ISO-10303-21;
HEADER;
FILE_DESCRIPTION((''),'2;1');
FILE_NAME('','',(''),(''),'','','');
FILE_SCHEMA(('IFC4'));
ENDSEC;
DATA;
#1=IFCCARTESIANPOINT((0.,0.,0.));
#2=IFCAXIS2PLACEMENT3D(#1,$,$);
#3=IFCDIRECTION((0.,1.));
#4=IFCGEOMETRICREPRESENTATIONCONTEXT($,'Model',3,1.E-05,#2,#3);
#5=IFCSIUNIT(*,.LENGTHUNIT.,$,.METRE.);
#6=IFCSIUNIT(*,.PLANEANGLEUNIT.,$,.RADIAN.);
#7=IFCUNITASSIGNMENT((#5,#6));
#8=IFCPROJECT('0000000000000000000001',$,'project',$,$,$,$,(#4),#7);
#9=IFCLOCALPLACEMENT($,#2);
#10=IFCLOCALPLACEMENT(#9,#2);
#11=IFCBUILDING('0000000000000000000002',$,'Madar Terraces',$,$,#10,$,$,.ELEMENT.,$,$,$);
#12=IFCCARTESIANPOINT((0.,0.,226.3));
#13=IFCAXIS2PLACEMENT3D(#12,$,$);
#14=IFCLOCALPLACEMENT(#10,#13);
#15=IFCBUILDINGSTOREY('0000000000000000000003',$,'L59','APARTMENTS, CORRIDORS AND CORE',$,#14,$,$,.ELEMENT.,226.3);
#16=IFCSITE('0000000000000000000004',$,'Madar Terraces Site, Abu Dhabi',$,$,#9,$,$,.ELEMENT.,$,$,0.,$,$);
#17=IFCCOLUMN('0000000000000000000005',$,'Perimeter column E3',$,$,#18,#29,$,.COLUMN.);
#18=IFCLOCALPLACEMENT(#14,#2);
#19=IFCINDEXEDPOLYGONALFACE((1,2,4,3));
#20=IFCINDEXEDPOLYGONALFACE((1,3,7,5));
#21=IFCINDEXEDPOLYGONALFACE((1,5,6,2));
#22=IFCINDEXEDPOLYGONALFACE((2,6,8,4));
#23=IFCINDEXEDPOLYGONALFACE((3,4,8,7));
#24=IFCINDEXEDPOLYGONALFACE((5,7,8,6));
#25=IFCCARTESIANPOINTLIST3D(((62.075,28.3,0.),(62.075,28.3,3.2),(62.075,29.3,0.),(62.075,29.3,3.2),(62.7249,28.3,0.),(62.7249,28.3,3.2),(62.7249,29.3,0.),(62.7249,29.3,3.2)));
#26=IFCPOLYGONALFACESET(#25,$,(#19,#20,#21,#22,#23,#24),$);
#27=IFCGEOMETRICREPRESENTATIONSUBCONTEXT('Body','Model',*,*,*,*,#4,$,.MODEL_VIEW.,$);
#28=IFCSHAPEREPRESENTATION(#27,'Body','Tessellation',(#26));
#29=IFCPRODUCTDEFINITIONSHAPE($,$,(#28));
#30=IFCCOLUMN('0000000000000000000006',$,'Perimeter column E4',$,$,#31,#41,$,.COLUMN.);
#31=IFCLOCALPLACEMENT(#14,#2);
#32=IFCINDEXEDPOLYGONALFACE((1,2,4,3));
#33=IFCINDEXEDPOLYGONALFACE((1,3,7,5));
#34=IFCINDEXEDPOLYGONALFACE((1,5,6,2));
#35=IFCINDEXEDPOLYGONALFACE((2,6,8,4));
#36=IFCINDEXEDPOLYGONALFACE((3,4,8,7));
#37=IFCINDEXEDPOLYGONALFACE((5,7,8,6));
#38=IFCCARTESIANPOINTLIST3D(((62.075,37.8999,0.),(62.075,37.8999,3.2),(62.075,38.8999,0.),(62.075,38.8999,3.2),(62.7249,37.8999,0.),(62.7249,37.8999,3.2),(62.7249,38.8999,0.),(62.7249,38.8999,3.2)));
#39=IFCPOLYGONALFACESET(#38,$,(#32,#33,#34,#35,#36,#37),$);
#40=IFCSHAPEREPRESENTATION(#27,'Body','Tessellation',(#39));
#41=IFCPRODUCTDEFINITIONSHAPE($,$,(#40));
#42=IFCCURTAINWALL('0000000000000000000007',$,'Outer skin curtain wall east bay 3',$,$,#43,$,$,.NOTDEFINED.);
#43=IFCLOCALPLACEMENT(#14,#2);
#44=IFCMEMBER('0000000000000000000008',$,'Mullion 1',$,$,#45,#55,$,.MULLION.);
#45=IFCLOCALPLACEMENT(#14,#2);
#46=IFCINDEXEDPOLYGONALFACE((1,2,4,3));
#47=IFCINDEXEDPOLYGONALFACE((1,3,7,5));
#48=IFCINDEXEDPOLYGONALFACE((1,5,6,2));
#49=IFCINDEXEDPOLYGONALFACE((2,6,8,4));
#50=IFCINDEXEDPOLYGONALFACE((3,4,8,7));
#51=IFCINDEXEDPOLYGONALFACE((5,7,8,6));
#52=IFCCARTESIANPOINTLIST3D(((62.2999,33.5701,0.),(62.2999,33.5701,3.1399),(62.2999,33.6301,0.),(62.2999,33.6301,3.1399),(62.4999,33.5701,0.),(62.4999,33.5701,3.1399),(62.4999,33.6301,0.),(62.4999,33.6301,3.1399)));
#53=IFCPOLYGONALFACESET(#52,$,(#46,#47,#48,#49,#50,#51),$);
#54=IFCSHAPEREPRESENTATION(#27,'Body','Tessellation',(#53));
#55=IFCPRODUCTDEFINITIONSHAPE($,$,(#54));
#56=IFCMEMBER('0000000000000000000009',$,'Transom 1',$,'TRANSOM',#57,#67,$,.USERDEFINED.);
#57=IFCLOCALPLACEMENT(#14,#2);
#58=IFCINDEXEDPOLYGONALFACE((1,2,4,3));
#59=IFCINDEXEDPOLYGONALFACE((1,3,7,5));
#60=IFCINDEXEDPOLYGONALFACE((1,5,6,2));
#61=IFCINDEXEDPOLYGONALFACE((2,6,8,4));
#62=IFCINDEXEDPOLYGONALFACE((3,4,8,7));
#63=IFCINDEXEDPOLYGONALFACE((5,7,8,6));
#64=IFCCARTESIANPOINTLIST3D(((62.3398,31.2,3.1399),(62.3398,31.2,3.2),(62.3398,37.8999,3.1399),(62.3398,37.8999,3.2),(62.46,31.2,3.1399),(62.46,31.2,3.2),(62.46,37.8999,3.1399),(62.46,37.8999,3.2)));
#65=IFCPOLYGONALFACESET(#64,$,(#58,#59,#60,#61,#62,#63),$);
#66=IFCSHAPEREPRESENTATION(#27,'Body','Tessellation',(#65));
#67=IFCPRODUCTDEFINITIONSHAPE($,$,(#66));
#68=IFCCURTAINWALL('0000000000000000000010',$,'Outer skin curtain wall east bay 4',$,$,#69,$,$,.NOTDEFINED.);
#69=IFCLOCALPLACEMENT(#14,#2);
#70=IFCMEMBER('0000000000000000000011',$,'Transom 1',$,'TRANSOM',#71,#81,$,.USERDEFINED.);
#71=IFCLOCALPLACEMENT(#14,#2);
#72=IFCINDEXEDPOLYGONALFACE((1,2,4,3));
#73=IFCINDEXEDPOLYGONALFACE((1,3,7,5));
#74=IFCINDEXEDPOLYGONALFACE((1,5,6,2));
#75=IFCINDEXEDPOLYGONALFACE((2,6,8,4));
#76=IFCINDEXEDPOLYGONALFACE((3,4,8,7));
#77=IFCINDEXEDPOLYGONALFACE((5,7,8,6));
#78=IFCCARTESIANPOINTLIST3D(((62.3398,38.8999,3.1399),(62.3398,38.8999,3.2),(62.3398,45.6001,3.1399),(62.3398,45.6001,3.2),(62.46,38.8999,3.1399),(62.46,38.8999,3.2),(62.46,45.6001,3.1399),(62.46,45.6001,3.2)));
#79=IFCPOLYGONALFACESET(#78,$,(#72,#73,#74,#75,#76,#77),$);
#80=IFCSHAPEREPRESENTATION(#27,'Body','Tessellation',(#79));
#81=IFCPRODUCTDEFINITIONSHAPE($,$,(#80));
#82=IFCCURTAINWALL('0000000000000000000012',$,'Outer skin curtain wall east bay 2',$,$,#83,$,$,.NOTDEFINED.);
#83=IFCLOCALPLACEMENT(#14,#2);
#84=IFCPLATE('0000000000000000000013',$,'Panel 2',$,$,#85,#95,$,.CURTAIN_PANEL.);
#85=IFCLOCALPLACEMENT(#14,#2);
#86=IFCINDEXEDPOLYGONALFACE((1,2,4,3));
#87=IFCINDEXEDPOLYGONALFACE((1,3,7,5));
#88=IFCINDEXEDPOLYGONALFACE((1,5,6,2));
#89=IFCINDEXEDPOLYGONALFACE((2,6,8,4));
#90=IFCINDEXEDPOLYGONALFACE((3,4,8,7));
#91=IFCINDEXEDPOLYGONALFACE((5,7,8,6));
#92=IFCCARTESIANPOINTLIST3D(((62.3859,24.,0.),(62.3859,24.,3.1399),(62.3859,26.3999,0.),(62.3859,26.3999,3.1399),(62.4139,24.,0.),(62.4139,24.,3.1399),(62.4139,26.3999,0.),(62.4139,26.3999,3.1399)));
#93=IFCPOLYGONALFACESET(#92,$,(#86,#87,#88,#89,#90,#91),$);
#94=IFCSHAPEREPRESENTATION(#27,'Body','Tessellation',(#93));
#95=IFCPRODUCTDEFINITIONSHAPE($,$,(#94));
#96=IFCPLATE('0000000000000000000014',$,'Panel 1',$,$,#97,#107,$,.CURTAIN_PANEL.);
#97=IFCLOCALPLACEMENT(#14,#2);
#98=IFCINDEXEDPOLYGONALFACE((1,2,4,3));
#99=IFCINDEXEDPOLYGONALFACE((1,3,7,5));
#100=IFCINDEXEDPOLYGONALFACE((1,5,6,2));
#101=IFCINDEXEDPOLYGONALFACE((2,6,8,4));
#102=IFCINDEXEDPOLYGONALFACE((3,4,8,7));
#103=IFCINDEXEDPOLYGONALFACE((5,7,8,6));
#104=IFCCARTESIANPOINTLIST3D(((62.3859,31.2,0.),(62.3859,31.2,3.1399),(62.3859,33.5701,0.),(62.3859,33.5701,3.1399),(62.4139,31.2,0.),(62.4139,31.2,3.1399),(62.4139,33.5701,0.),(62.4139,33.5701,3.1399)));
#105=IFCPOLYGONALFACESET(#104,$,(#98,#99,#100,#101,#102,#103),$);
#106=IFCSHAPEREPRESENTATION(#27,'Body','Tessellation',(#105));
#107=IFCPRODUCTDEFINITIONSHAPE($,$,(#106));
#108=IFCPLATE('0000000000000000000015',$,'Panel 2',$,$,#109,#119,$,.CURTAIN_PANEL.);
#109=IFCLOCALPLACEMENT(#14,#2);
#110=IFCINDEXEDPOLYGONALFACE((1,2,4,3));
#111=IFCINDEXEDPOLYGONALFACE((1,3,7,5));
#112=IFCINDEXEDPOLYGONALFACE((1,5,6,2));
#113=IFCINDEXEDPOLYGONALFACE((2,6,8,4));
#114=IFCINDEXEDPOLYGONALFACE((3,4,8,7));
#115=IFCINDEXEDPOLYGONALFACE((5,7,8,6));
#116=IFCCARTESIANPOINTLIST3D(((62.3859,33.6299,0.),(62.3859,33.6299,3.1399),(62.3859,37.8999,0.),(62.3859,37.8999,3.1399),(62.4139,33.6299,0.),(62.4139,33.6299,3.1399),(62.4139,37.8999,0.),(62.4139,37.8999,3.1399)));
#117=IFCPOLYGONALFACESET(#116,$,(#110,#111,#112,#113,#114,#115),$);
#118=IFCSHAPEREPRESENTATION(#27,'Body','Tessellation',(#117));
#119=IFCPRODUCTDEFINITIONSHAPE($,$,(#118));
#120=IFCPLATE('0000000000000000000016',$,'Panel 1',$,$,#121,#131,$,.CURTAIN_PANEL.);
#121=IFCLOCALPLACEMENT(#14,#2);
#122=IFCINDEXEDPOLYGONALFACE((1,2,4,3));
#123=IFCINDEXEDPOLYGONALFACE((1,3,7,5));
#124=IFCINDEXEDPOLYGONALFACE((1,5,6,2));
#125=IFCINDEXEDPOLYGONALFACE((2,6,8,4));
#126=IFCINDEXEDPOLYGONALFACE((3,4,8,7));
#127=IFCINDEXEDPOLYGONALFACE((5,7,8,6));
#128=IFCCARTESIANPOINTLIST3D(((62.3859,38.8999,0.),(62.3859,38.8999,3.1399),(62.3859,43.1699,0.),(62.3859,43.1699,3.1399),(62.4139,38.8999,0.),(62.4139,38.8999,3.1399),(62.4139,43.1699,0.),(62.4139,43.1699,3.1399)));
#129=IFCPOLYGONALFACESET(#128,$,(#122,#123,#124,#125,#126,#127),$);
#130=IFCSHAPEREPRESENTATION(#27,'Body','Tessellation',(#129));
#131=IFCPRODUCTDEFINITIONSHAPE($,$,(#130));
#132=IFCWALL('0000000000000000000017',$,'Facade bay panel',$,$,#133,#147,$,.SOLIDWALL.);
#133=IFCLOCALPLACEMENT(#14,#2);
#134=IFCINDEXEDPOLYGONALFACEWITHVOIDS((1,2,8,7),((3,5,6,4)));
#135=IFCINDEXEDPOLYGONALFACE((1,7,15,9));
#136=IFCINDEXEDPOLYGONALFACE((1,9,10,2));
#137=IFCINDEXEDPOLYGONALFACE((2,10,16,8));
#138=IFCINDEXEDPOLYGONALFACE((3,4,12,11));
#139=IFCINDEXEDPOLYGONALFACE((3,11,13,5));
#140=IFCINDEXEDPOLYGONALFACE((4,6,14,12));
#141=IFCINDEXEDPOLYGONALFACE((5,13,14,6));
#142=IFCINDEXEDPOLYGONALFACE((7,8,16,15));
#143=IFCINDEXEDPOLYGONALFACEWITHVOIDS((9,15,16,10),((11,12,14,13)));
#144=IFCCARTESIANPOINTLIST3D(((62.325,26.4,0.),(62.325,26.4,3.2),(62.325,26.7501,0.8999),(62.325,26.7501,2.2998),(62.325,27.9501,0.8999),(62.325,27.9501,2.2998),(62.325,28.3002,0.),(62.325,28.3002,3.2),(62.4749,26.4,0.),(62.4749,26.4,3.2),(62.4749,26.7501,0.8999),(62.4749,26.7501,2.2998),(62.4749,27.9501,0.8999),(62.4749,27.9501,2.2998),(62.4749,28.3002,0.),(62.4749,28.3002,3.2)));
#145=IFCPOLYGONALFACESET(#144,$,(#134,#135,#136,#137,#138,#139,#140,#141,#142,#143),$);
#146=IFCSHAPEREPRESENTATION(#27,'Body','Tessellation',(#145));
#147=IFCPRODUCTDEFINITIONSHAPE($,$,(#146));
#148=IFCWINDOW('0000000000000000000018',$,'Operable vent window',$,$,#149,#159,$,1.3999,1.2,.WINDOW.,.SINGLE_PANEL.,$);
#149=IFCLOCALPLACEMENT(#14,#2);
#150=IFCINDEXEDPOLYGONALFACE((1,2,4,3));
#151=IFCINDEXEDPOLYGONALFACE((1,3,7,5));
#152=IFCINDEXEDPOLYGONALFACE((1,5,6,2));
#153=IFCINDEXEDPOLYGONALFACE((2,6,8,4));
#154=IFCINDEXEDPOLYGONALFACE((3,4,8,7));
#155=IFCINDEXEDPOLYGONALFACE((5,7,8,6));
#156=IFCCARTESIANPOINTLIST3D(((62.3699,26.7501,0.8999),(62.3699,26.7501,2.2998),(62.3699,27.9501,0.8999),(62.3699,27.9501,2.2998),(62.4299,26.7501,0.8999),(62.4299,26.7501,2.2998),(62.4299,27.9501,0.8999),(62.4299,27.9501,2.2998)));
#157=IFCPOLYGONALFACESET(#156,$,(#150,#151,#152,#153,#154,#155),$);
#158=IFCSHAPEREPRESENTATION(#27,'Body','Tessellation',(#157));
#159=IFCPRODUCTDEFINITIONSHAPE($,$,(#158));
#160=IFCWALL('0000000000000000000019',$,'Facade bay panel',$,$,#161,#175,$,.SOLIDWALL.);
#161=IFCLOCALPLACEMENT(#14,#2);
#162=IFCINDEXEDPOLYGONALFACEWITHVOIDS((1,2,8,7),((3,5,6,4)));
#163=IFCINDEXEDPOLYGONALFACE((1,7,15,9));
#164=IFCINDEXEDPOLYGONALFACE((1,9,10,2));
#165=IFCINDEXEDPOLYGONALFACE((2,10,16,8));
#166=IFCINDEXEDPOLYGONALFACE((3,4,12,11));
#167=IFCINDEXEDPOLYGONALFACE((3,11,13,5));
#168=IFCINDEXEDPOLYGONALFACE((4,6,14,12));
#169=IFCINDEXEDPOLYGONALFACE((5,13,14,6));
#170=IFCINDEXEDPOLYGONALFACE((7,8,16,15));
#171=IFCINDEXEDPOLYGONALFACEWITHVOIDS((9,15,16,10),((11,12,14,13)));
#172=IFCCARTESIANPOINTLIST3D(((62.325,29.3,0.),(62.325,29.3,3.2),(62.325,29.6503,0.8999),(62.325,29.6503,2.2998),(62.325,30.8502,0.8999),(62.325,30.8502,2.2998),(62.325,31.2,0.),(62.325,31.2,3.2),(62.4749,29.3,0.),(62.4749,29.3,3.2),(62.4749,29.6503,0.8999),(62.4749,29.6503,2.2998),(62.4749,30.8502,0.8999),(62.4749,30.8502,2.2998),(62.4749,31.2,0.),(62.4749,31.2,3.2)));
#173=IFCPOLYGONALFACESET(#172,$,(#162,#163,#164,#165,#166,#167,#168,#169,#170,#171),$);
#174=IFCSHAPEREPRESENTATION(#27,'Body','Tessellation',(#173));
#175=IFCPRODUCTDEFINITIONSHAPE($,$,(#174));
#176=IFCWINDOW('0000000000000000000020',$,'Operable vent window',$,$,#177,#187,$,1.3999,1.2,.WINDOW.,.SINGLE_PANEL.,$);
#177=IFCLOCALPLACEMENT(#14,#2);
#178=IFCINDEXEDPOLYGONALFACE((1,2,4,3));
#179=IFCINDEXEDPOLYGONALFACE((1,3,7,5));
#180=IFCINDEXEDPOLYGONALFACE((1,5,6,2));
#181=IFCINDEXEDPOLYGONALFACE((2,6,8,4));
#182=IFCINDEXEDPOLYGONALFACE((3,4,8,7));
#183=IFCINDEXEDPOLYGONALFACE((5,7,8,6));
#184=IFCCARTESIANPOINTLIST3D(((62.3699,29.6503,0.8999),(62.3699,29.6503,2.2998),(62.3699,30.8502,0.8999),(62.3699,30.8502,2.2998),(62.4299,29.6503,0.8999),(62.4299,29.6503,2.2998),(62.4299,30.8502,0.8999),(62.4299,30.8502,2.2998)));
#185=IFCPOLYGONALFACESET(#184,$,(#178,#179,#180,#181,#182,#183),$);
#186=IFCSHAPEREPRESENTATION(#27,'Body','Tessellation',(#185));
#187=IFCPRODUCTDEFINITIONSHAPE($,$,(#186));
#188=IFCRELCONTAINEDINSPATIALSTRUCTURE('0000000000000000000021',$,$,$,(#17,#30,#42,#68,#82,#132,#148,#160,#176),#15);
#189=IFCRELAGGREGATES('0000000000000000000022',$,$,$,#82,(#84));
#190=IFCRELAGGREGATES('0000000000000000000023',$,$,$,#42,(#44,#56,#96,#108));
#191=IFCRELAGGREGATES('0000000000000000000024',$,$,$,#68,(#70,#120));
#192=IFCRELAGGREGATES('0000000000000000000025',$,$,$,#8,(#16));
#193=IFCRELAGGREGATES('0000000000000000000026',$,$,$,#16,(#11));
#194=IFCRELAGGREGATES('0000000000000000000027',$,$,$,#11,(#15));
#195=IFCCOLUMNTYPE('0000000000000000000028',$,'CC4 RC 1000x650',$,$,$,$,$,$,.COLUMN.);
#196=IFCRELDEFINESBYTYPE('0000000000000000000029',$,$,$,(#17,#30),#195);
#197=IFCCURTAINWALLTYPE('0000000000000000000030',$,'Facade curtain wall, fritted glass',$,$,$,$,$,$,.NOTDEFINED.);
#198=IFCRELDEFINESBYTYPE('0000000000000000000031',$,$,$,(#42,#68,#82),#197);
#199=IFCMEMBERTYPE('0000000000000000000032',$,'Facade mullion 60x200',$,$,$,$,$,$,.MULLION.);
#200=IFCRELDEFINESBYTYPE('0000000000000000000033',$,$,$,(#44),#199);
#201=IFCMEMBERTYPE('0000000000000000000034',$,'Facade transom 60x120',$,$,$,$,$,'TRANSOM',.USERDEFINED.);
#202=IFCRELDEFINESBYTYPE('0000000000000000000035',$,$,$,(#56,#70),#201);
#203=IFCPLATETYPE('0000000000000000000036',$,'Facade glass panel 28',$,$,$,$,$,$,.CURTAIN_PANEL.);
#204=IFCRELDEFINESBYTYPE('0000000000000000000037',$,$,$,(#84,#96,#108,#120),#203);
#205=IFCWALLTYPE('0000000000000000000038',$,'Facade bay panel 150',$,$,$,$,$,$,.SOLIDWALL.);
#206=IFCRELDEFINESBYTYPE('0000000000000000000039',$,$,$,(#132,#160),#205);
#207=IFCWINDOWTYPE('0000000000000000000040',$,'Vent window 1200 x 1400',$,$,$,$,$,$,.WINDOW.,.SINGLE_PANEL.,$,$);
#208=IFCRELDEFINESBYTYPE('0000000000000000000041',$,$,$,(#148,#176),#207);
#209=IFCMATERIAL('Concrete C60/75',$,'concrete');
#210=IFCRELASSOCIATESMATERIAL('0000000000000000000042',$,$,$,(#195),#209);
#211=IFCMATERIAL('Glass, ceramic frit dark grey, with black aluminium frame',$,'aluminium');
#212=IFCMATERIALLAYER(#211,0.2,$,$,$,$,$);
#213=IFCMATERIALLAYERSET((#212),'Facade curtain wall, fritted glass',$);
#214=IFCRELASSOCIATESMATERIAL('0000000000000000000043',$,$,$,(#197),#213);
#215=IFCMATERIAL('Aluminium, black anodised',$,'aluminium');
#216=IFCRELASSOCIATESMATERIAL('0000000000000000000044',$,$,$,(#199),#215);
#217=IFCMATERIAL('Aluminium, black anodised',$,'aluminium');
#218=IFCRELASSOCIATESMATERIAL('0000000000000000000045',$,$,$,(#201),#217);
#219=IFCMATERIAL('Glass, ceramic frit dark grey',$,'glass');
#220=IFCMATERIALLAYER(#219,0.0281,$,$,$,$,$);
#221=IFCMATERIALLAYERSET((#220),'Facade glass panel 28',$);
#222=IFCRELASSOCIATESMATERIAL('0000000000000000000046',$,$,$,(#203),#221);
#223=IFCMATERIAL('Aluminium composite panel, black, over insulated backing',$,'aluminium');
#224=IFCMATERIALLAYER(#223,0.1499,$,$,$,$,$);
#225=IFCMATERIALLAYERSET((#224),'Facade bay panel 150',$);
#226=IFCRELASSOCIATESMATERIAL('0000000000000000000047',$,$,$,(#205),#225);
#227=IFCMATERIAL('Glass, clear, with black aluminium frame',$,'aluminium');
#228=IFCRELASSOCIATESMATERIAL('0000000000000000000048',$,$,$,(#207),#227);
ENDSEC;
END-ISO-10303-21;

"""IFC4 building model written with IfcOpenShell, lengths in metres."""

from ifc_helpers import new_model, si_unit, direction, frame, frame_2d, origin, origin_2d, place, context, subcontext, project, spatial, rectangle, extrude, material, layer, layer_set, material_profile, profile_set, type_object, element, fill, aggregate, save


model = new_model("IFC4")

# Units and contexts
model_context = context("Model", 3, precision=1e-05, world=origin(), true_north=direction((0.0, 1.0)))
body_context = subcontext(model_context, "Body", "Model", "MODEL_VIEW")
ifc_project = project(units=[si_unit("LENGTHUNIT", "METRE"), si_unit("PLANEANGLEUNIT", "RADIAN")], contexts=[model_context])

# Site, building, storey
site_placement = place(None, origin())
site = spatial("IfcSite", under=ifc_project, at=site_placement, Name="Madar Terraces Site, Abu Dhabi", CompositionType="ELEMENT", RefElevation=0.0)
building_placement = place(site_placement, origin())
building = spatial("IfcBuilding", under=site, at=building_placement, Name="Madar Terraces", CompositionType="ELEMENT")
storey_placement = place(building_placement, frame((0.0, 0.0, 226.3)))
storey = spatial("IfcBuildingStorey", under=building, at=storey_placement, Name="L59", Description="APARTMENTS, CORRIDORS AND CORE", CompositionType="ELEMENT", Elevation=226.3)

# Columns
ifc_material_1 = material(Name="Concrete C60/75", Category="concrete")
ifc_material_profile_1 = material_profile(ifc_material_1, rectangle(XDim=1.0, YDim=0.6499, at=origin_2d()), Name="CC4 RC 1000x650")
ifc_profile_set_1 = profile_set([ifc_material_profile_1], Name="Concrete C60/75")
column_type = type_object("IfcColumnType", Name="CC4 RC 1000x650", PredefinedType="COLUMN", material=ifc_profile_set_1)
for number, where, z_axis, x_axis, name in (
    (1, (62.3999, 28.8, 0.0), (0.0, 0.0, 1.0), (0.0, 1.0, 0.0), "Perimeter column E3"),
    (2, (62.3999, 38.3999, 0.0), (0.0, 0.0, 1.0), (0.0, 1.0, 0.0), "Perimeter column E4"),
):
    element("IfcColumn", number, at=place(storey_placement, frame(where, z_axis=z_axis, x_axis=x_axis)), inside=storey, type_object=column_type, Name=name, PredefinedType="COLUMN", context=body_context, shape_type="SweptSolid", body=[
        extrude(rectangle(XDim=1.0, YDim=0.6499, at=origin_2d()), origin(), (0.0, 0.0, 1.0), 3.2),
    ])

# Curtain wall, members
ifc_material_2 = material(Name="Glass, ceramic frit dark grey, with black aluminium frame", Category="aluminium")
ifc_layer_1 = layer(ifc_material_2, 0.2)
ifc_layer_set_1 = layer_set([ifc_layer_1], Name="Facade curtain wall, fritted glass")
curtain_wall_type = type_object("IfcCurtainWallType", Name="Facade curtain wall, fritted glass", PredefinedType="NOTDEFINED", material=ifc_layer_set_1)
curtain_wall_1_placement = place(storey_placement, origin())
curtain_wall_1 = element("IfcCurtainWall", 3, at=curtain_wall_1_placement, inside=storey, type_object=curtain_wall_type, Name="Outer skin curtain wall east bay 3", PredefinedType="NOTDEFINED")
ifc_material_3 = material(Name="Aluminium, black anodised", Category="aluminium")
ifc_material_profile_2 = material_profile(ifc_material_3, rectangle(XDim=0.2, YDim=0.0601, at=origin_2d()), Name="Facade mullion 60x200")
ifc_profile_set_2 = profile_set([ifc_material_profile_2], Name="Aluminium, black anodised")
member_type_1 = type_object("IfcMemberType", Name="Facade mullion 60x200", PredefinedType="MULLION", material=ifc_profile_set_2)
member_1_placement = place(storey_placement, frame((62.3999, 33.6001, 0.0), z_axis=(0.0, 0.0, 1.0), x_axis=(-1.0, 0.0, 0.0)))
member_1 = element("IfcMember", 4, at=member_1_placement, type_object=member_type_1, Name="Mullion 1", PredefinedType="MULLION", context=body_context, shape_type="SweptSolid", body=[
    extrude(rectangle(XDim=0.2, YDim=0.0601, at=origin_2d()), origin(), (0.0, 0.0, 1.0), 3.1399),
])
ifc_material_4 = material(Name="Aluminium, black anodised", Category="aluminium")
ifc_material_profile_3 = material_profile(ifc_material_4, rectangle(XDim=0.1201, YDim=0.0601, at=origin_2d()), Name="Facade transom 60x120")
ifc_profile_set_3 = profile_set([ifc_material_profile_3], Name="Aluminium, black anodised")
member_type_2 = type_object("IfcMemberType", Name="Facade transom 60x120", ElementType="TRANSOM", PredefinedType="USERDEFINED", material=ifc_profile_set_3)
member_2_placement = place(storey_placement, frame((62.3999, 31.2, 3.1699), z_axis=(0.0, 1.0, 0.0), x_axis=(-1.0, 0.0, 0.0)))
member_2 = element("IfcMember", 5, at=member_2_placement, type_object=member_type_2, Name="Transom 1", ObjectType="TRANSOM", PredefinedType="USERDEFINED", context=body_context, shape_type="SweptSolid", body=[
    extrude(rectangle(XDim=0.1201, YDim=0.0601, at=origin_2d()), origin(), (0.0, 0.0, 1.0), 6.7),
])

# Curtain wall, member
curtain_wall_2_placement = place(storey_placement, origin())
curtain_wall_2 = element("IfcCurtainWall", 6, at=curtain_wall_2_placement, inside=storey, type_object=curtain_wall_type, Name="Outer skin curtain wall east bay 4", PredefinedType="NOTDEFINED")
member_3_placement = place(storey_placement, frame((62.3999, 38.8999, 3.1699), z_axis=(0.0, 1.0, 0.0), x_axis=(-1.0, 0.0, 0.0)))
member_3 = element("IfcMember", 7, at=member_3_placement, type_object=member_type_2, Name="Transom 1", ObjectType="TRANSOM", PredefinedType="USERDEFINED", context=body_context, shape_type="SweptSolid", body=[
    extrude(rectangle(XDim=0.1201, YDim=0.0601, at=origin_2d()), origin(), (0.0, 0.0, 1.0), 6.7002),
])

# Curtain wall, plate
curtain_wall_3_placement = place(storey_placement, origin())
curtain_wall_3 = element("IfcCurtainWall", 8, at=curtain_wall_3_placement, inside=storey, type_object=curtain_wall_type, Name="Outer skin curtain wall east bay 2", PredefinedType="NOTDEFINED")
ifc_material_5 = material(Name="Glass, ceramic frit dark grey", Category="glass")
ifc_layer_2 = layer(ifc_material_5, 0.0281)
ifc_layer_set_2 = layer_set([ifc_layer_2], Name="Facade glass panel 28")
plate_type = type_object("IfcPlateType", Name="Facade glass panel 28", PredefinedType="CURTAIN_PANEL", material=ifc_layer_set_2)
plate_1_placement = place(storey_placement, frame((62.3999, 25.2, 0.0), z_axis=(0.0, 0.0, 1.0), x_axis=(0.0, 1.0, 0.0)))
plate_1 = element("IfcPlate", 9, at=plate_1_placement, type_object=plate_type, Name="Panel 2", PredefinedType="CURTAIN_PANEL", context=body_context, shape_type="SweptSolid", body=[
    extrude(rectangle(XDim=2.3999, YDim=0.0281, at=origin_2d()), origin(), (0.0, 0.0, 1.0), 3.1399),
])
aggregate(curtain_wall_3, [plate_1])

# Plates
plate_2_placement = place(storey_placement, frame((62.3999, 32.385, 0.0), z_axis=(0.0, 0.0, 1.0), x_axis=(0.0, 1.0, 0.0)))
plate_2 = element("IfcPlate", 10, at=plate_2_placement, type_object=plate_type, Name="Panel 1", PredefinedType="CURTAIN_PANEL", context=body_context, shape_type="SweptSolid", body=[
    extrude(rectangle(XDim=2.3701, YDim=0.0281, at=origin_2d()), origin(), (0.0, 0.0, 1.0), 3.1399),
])
plate_3_placement = place(storey_placement, frame((62.3999, 35.7649, 0.0), z_axis=(0.0, 0.0, 1.0), x_axis=(0.0, 1.0, 0.0)))
plate_3 = element("IfcPlate", 11, at=plate_3_placement, type_object=plate_type, Name="Panel 2", PredefinedType="CURTAIN_PANEL", context=body_context, shape_type="SweptSolid", body=[
    extrude(rectangle(XDim=4.27, YDim=0.0281, at=origin_2d()), origin(), (0.0, 0.0, 1.0), 3.1399),
])
aggregate(curtain_wall_1, [member_1, member_2, plate_2, plate_3])
plate_4_placement = place(storey_placement, frame((62.3999, 41.0349, 0.0), z_axis=(0.0, 0.0, 1.0), x_axis=(0.0, 1.0, 0.0)))
plate_4 = element("IfcPlate", 12, at=plate_4_placement, type_object=plate_type, Name="Panel 1", PredefinedType="CURTAIN_PANEL", context=body_context, shape_type="SweptSolid", body=[
    extrude(rectangle(XDim=4.27, YDim=0.0281, at=origin_2d()), origin(), (0.0, 0.0, 1.0), 3.1399),
])
aggregate(curtain_wall_2, [member_3, plate_4])

# Walls, openings, windows
ifc_material_6 = material(Name="Aluminium composite panel, black, over insulated backing", Category="aluminium")
ifc_layer_3 = layer(ifc_material_6, 0.1499)
ifc_layer_set_3 = layer_set([ifc_layer_3], Name="Facade bay panel 150")
wall_type_1 = type_object("IfcWallType", Name="Facade bay panel 150", PredefinedType="SOLIDWALL", material=ifc_layer_set_3)
wall_1_placement = place(storey_placement, frame((62.3999, 26.3999, 0.0), z_axis=(0.0, 0.0, 1.0), x_axis=(0.0, 1.0, 0.0)))
wall_1 = element("IfcWall", 13, at=wall_1_placement, inside=storey, type_object=wall_type_1, Name="Facade bay panel", PredefinedType="SOLIDWALL", context=body_context, shape_type="SweptSolid", body=[
    extrude(rectangle(XDim=1.9001, YDim=0.1499, at=frame_2d((0.9502, 0.0))), origin(), (0.0, 0.0, 1.0), 3.2),
])
opening_1_placement = place(wall_1_placement, frame((0.3501, 0.0, 0.8999)))
opening_1 = element("IfcOpeningElement", 14, at=opening_1_placement, cuts=wall_1, PredefinedType="OPENING", context=body_context, shape_type="SweptSolid", body=[
    extrude(rectangle(XDim=1.2, YDim=1.3999, at=frame_2d((0.6001, 0.7))), frame((0.0, 0.085, 0.0), z_axis=(0.0, -1.0, 0.0), x_axis=(1.0, 0.0, 0.0)), (0.0, 0.0, 1.0), 0.1699),
])
ifc_material_7 = material(Name="Glass, clear, with black aluminium frame", Category="aluminium")
window_type = type_object("IfcWindowType", Name="Vent window 1200 x 1400", PartitioningType="SINGLE_PANEL", PredefinedType="WINDOW", material=ifc_material_7)
window_1_placement = place(opening_1_placement, origin())
window_1 = element("IfcWindow", 15, at=window_1_placement, inside=storey, type_object=window_type, Name="Operable vent window", OverallHeight=1.3999, OverallWidth=1.2, PartitioningType="SINGLE_PANEL", PredefinedType="WINDOW", context=body_context, shape_type="SweptSolid", body=[
    extrude(rectangle(XDim=1.2, YDim=1.3999, at=frame_2d((0.6001, 0.7))), frame((0.0, 0.03, 0.0), z_axis=(0.0, -1.0, 0.0), x_axis=(1.0, 0.0, 0.0)), (0.0, 0.0, 1.0), 0.0601),
])
fill(opening_1, window_1)
wall_2_placement = place(storey_placement, frame((62.3999, 29.3, 0.0), z_axis=(0.0, 0.0, 1.0), x_axis=(0.0, 1.0, 0.0)))
wall_2 = element("IfcWall", 16, at=wall_2_placement, inside=storey, type_object=wall_type_1, Name="Facade bay panel", PredefinedType="SOLIDWALL", context=body_context, shape_type="SweptSolid", body=[
    extrude(rectangle(XDim=1.8999, YDim=0.1499, at=frame_2d((0.95, 0.0))), origin(), (0.0, 0.0, 1.0), 3.2),
])
opening_2_placement = place(wall_2_placement, frame((0.3501, 0.0, 0.8999)))
opening_2 = element("IfcOpeningElement", 17, at=opening_2_placement, cuts=wall_2, PredefinedType="OPENING", context=body_context, shape_type="SweptSolid", body=[
    extrude(rectangle(XDim=1.2, YDim=1.3999, at=frame_2d((0.6001, 0.7))), frame((0.0, 0.085, 0.0), z_axis=(0.0, -1.0, 0.0), x_axis=(1.0, 0.0, 0.0)), (0.0, 0.0, 1.0), 0.1699),
])
window_2_placement = place(opening_2_placement, origin())
window_2 = element("IfcWindow", 18, at=window_2_placement, inside=storey, type_object=window_type, Name="Operable vent window", OverallHeight=1.3999, OverallWidth=1.2, PartitioningType="SINGLE_PANEL", PredefinedType="WINDOW", context=body_context, shape_type="SweptSolid", body=[
    extrude(rectangle(XDim=1.2, YDim=1.3999, at=frame_2d((0.6001, 0.7))), frame((0.0, 0.03, 0.0), z_axis=(0.0, -1.0, 0.0), x_axis=(1.0, 0.0, 0.0)), (0.0, 0.0, 1.0), 0.0601),
])
fill(opening_2, window_2)

save(model, "model.ifc")
